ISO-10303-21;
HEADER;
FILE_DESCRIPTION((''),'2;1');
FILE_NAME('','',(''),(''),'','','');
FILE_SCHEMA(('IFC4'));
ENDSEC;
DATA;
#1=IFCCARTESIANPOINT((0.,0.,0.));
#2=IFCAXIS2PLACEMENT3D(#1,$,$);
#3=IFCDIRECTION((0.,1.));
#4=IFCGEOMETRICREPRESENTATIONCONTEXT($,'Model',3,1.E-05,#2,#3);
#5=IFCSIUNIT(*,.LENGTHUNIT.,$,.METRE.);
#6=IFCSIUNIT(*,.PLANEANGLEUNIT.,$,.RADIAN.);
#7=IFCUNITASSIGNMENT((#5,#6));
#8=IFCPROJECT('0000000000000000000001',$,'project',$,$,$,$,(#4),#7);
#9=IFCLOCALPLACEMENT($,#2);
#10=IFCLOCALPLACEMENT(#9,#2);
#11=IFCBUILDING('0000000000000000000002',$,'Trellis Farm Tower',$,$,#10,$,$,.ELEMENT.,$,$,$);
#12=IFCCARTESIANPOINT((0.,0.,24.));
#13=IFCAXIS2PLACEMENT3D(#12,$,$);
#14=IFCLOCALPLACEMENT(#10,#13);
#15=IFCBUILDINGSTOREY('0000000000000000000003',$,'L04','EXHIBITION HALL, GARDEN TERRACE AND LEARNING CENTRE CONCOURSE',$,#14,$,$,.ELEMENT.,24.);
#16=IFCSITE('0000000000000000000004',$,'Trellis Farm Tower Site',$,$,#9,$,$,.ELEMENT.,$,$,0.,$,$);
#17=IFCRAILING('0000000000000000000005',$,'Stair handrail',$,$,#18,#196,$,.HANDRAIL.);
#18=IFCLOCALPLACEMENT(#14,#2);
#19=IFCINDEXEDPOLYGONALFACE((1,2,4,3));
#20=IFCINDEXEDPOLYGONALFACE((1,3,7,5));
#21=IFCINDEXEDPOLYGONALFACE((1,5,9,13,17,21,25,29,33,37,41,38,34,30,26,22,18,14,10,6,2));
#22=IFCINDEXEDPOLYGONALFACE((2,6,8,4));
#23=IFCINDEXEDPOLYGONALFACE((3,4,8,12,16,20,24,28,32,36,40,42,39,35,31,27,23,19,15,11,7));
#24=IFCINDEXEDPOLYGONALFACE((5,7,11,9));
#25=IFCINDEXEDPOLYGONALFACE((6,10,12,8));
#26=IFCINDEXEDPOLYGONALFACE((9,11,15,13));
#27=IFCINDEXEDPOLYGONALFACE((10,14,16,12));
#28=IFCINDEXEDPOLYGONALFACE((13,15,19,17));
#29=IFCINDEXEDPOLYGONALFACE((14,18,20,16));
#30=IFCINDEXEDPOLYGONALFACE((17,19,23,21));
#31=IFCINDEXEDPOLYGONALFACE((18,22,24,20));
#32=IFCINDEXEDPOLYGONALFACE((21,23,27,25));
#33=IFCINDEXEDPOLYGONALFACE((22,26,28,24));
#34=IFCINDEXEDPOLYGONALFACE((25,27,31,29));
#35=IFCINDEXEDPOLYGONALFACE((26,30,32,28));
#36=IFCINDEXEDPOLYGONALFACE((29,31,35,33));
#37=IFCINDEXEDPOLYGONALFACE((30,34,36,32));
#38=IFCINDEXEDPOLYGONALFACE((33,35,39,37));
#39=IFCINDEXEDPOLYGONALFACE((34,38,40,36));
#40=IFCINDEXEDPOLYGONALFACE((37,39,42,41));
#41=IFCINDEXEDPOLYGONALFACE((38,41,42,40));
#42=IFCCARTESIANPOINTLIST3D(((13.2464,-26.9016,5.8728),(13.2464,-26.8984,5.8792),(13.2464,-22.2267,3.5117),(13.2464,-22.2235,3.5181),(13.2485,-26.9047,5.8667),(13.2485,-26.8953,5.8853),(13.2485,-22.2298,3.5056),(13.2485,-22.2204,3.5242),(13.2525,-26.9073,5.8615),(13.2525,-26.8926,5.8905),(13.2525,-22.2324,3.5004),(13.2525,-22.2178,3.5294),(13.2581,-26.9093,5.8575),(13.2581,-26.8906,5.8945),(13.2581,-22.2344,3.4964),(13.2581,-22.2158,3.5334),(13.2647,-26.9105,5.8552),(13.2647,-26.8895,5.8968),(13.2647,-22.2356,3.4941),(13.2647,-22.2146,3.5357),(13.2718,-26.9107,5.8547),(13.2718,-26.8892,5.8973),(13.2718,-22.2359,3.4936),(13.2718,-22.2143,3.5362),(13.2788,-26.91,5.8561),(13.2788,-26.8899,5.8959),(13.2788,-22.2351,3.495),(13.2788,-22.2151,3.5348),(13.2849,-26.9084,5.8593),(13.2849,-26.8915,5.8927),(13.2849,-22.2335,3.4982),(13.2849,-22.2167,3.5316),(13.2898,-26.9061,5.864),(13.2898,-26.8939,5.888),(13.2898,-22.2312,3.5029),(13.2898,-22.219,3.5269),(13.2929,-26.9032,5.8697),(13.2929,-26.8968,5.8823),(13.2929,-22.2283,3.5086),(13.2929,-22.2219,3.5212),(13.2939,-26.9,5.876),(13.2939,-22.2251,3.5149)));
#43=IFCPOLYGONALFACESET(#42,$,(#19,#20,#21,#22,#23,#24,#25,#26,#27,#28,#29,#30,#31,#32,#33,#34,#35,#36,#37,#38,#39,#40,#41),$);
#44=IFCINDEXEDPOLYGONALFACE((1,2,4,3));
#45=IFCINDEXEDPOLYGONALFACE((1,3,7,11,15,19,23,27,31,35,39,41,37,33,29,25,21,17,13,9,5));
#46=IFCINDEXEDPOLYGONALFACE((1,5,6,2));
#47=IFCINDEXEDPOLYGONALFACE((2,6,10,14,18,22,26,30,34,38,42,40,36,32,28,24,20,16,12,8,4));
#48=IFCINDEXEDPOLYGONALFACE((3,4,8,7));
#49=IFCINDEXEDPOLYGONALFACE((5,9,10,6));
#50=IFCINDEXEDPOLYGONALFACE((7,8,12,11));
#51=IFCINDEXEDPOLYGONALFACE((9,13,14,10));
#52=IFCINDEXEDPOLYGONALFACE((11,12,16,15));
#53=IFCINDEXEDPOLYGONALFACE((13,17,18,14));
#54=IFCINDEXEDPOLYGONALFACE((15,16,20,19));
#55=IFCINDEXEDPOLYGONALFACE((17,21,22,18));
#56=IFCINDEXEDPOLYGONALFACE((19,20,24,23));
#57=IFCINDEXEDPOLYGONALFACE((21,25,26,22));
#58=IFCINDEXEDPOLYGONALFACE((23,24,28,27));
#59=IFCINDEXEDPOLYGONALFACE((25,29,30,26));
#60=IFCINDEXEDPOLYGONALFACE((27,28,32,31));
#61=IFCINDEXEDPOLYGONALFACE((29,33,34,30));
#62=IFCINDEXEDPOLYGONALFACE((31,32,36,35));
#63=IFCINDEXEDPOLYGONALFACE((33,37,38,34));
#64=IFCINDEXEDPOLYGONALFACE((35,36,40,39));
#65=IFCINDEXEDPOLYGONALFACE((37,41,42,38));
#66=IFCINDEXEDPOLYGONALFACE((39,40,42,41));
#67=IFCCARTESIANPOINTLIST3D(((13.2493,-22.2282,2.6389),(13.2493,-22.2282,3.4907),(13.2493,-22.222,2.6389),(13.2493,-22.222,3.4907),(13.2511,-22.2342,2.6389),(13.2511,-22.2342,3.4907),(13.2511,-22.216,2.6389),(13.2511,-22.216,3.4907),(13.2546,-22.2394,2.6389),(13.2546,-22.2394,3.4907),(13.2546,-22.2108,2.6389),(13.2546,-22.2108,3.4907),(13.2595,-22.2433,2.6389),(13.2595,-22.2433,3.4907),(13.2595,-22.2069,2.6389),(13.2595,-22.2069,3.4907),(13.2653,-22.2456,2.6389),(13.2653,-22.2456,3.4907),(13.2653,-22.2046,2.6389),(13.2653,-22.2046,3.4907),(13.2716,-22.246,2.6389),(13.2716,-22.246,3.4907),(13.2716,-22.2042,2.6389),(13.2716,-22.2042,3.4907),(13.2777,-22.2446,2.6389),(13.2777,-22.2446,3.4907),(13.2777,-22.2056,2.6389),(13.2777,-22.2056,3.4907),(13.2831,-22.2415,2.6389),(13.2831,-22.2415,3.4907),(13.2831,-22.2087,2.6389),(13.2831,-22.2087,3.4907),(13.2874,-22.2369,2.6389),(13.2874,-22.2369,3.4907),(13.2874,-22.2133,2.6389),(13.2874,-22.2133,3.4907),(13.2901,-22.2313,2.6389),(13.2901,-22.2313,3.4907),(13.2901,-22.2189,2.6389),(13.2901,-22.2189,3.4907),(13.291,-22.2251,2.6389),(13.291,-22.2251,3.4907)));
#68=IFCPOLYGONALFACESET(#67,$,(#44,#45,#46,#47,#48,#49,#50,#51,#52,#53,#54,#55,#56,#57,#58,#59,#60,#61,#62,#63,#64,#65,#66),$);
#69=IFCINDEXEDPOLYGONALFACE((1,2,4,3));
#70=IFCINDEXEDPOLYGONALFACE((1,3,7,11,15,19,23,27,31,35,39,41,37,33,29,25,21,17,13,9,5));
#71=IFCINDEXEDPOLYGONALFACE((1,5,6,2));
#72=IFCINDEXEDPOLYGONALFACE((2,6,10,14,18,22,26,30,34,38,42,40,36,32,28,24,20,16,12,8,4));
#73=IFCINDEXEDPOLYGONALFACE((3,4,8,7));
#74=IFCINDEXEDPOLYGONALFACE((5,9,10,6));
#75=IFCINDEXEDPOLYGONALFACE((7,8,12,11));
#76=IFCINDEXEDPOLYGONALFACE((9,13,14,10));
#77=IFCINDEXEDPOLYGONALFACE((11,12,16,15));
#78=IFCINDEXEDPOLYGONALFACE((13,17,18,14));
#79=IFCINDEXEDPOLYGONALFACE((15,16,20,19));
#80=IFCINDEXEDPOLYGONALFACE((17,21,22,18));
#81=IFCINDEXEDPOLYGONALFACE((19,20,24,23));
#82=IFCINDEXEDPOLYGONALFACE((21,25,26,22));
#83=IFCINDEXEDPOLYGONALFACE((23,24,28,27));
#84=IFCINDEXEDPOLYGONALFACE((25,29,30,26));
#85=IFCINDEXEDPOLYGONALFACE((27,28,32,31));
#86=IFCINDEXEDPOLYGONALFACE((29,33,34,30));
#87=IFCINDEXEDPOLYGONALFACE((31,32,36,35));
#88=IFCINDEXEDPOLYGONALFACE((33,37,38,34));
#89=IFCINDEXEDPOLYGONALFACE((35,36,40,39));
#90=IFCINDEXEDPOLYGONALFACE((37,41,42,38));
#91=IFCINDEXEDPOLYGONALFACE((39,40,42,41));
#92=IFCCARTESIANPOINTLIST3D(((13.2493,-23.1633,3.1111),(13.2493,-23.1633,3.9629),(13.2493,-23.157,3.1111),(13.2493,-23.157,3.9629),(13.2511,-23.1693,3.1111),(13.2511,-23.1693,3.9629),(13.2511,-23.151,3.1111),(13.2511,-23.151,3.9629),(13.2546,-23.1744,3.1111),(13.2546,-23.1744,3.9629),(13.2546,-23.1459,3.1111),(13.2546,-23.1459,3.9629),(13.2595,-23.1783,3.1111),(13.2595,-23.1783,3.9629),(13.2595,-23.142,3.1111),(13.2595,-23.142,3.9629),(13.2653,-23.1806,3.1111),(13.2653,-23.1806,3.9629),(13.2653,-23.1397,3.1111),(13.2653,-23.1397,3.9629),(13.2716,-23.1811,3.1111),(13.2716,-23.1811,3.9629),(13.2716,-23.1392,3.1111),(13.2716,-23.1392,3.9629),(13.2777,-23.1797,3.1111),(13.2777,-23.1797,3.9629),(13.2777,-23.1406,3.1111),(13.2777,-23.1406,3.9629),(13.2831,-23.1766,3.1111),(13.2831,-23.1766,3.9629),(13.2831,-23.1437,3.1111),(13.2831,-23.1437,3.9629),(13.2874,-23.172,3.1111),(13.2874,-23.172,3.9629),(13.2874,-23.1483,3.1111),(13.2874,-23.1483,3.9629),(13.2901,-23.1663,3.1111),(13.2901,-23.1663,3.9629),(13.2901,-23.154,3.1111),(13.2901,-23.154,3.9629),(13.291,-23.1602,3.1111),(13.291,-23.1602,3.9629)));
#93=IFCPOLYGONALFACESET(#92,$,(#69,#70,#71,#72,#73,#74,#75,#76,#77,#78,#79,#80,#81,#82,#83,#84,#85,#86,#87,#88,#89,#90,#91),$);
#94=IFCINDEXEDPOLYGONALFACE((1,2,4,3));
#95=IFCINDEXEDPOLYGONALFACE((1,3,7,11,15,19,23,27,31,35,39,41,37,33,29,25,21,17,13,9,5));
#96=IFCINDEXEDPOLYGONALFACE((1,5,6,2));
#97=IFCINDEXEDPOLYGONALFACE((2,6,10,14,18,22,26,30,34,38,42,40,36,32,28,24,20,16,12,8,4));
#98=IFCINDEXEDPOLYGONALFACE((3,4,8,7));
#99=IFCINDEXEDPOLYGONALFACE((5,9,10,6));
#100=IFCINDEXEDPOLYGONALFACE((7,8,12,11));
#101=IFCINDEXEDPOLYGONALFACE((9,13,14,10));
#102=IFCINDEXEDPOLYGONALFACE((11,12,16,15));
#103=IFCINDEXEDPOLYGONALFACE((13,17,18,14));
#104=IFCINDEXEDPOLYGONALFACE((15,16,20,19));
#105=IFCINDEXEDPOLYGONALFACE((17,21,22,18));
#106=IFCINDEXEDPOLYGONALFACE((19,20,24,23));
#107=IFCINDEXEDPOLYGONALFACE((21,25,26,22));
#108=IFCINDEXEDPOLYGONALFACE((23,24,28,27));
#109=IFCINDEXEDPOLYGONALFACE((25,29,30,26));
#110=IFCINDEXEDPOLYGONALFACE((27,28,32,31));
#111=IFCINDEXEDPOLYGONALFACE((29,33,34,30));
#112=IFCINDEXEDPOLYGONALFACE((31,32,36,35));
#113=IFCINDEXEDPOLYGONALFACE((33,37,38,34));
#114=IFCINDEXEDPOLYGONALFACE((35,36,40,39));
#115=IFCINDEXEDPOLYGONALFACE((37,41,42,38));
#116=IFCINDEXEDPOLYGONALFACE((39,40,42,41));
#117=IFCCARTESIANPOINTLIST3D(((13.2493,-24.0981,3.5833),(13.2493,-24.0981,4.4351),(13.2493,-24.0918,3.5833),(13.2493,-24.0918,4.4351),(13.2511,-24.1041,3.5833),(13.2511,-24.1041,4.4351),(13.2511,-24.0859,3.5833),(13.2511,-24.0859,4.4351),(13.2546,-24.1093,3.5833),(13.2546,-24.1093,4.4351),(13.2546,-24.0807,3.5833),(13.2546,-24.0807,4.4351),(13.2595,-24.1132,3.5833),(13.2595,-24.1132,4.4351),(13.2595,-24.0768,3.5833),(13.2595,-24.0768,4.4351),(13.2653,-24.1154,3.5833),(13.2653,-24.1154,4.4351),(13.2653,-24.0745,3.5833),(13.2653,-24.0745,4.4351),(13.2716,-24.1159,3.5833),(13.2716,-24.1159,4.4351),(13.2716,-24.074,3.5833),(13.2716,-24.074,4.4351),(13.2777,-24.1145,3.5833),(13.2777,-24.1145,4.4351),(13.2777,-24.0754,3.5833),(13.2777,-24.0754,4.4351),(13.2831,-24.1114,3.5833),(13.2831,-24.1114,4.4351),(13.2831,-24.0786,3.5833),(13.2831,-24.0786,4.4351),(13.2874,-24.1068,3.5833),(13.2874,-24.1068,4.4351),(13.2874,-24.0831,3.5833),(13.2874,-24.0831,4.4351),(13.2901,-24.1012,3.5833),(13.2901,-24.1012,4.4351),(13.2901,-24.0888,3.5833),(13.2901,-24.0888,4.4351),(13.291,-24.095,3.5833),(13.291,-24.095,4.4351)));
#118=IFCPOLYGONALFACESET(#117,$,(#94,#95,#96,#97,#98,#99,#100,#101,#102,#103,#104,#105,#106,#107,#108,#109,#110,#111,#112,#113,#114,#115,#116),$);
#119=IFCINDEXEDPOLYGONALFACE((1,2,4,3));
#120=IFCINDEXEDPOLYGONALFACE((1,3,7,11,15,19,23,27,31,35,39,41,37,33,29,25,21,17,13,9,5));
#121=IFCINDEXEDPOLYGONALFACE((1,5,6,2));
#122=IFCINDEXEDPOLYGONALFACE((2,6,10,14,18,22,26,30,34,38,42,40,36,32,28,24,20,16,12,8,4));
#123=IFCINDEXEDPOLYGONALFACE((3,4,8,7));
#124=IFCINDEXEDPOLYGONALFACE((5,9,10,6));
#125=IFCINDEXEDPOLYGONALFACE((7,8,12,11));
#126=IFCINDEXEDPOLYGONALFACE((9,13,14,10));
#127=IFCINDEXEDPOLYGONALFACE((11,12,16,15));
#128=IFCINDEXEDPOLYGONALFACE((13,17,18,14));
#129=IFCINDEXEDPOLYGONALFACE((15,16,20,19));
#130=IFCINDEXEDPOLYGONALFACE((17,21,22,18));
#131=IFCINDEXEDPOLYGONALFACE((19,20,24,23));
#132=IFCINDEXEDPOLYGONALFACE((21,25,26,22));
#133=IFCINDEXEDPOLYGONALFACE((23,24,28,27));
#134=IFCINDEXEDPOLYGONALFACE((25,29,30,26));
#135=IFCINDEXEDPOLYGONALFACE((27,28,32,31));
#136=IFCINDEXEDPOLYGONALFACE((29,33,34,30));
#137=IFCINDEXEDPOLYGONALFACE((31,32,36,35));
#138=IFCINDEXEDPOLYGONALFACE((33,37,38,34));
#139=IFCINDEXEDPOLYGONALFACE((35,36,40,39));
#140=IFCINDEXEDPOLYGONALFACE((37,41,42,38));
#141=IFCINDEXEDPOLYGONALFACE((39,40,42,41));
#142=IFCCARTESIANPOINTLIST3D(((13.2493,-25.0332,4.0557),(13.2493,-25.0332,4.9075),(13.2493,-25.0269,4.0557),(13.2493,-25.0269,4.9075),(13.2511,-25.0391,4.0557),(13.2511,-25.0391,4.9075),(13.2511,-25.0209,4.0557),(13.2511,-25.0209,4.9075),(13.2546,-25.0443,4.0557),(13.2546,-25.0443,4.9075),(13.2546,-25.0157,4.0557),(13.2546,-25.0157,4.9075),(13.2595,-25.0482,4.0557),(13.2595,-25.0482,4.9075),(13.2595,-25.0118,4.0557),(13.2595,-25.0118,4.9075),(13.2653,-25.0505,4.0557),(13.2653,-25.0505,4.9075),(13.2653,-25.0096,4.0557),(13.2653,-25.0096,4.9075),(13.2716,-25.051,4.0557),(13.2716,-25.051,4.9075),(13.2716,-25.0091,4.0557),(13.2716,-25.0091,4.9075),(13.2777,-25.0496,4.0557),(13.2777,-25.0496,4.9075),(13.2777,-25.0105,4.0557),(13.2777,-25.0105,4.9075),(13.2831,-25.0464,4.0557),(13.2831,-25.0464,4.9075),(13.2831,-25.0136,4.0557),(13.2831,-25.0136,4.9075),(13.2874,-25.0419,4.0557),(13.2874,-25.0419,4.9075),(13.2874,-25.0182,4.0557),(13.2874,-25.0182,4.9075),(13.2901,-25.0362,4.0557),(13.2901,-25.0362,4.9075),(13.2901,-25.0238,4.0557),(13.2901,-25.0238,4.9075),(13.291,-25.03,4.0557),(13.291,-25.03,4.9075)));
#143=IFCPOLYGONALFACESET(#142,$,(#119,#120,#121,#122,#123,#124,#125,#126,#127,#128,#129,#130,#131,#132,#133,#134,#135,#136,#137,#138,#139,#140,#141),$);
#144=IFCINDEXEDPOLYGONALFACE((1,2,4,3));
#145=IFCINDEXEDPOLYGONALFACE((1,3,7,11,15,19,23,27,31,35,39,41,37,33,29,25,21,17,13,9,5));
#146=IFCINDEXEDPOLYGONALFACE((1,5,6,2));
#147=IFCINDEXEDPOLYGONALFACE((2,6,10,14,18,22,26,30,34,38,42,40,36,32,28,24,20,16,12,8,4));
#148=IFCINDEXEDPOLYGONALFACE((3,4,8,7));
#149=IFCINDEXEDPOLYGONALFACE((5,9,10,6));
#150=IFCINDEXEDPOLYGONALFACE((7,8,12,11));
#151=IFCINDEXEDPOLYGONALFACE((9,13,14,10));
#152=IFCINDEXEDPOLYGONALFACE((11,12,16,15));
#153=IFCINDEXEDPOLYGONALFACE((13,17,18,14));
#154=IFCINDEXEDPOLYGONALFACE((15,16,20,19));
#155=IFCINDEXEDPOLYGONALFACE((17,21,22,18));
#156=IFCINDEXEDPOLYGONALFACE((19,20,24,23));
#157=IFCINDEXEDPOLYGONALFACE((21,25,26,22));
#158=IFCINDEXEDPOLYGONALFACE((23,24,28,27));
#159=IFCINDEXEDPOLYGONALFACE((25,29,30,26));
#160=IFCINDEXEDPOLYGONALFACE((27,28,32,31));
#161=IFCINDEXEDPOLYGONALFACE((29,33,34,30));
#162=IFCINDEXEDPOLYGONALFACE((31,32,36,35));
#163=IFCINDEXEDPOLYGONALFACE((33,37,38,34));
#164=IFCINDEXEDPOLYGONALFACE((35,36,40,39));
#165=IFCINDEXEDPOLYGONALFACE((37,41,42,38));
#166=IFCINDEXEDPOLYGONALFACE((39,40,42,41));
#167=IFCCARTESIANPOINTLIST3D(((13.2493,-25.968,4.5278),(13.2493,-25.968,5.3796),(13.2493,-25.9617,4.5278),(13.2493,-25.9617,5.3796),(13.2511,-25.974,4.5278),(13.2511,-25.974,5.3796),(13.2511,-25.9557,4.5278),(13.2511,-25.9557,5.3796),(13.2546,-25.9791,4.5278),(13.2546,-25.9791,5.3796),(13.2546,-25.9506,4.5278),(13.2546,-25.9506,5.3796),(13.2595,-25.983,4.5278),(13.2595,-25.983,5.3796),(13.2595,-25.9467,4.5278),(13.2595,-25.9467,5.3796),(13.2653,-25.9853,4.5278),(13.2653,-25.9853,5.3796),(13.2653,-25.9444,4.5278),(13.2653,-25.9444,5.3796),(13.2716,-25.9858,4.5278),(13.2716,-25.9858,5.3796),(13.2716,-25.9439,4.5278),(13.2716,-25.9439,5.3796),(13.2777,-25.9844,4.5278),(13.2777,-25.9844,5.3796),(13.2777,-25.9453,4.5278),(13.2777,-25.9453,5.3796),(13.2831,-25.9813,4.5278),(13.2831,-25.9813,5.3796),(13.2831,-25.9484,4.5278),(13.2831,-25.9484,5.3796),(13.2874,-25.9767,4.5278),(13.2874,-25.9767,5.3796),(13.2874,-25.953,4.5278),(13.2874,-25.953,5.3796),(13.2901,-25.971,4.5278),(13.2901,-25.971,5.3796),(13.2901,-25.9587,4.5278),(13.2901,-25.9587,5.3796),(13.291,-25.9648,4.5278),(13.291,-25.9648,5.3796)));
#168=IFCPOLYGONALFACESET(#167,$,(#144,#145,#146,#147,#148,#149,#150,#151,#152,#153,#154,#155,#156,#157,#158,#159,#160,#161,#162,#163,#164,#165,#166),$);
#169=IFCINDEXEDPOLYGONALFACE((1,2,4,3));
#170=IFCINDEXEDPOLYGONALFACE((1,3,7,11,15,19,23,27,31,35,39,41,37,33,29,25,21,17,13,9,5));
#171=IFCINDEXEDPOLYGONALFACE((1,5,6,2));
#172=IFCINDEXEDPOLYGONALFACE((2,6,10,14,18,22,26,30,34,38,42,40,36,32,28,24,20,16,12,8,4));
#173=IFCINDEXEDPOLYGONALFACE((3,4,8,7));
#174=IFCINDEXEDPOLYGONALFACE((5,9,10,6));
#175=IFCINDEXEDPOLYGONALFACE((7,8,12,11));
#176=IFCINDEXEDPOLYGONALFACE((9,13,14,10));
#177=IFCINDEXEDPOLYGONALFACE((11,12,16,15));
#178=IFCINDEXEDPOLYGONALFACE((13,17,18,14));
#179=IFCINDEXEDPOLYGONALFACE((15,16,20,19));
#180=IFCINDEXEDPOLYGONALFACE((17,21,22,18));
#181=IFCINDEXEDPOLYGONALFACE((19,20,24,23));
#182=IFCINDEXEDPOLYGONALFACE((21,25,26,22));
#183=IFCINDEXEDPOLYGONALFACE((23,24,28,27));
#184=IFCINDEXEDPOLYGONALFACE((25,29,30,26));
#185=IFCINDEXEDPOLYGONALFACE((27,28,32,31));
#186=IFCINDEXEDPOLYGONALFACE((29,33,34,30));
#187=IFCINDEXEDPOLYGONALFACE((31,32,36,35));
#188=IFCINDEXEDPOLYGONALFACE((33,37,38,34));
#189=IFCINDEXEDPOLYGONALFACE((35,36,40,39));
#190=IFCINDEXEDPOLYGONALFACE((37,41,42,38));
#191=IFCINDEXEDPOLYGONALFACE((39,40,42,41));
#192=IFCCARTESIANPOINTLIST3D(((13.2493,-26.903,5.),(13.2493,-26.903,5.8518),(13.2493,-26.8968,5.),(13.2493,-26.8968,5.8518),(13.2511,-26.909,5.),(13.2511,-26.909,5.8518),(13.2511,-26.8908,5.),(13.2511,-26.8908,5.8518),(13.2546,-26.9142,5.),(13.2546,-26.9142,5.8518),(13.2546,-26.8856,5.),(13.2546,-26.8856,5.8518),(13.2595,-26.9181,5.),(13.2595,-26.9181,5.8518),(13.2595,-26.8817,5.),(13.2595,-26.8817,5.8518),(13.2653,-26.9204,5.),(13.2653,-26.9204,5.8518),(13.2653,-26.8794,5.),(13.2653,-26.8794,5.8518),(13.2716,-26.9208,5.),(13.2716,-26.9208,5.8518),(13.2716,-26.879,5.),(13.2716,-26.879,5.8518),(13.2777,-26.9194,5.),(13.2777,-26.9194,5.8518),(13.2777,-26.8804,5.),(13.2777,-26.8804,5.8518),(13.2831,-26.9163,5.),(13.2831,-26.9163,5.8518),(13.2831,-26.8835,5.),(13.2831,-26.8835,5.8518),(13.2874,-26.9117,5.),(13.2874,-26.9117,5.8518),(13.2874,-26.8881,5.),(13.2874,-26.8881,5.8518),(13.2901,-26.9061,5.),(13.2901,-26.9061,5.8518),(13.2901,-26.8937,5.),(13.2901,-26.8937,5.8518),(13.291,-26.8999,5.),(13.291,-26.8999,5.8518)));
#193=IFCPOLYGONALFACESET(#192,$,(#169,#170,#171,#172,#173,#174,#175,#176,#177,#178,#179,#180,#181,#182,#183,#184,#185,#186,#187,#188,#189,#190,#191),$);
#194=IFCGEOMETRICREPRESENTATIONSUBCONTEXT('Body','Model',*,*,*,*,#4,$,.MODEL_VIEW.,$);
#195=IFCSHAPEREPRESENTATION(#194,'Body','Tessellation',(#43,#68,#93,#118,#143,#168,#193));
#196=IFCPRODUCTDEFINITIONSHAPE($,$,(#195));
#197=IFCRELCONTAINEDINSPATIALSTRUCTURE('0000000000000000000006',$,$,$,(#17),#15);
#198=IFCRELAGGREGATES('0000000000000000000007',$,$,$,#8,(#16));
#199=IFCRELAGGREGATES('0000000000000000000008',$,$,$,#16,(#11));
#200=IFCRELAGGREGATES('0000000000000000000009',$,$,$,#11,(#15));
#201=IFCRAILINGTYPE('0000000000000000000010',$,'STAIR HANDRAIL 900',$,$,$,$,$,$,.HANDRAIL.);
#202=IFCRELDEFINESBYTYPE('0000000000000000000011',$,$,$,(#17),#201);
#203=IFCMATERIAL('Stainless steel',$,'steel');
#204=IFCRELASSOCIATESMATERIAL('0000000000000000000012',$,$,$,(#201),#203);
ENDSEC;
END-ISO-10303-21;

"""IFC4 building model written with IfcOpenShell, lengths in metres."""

from ifc_helpers import new_model, si_unit, direction, frame, origin, origin_2d, place, context, subcontext, project, spatial, circle, extrude, source, transform, mapped, material, type_object, element, save


model = new_model("IFC4")

# Units and contexts
model_context = context("Model", 3, precision=1e-05, world=origin(), true_north=direction((0.0, 1.0)))
body_context = subcontext(model_context, "Body", "Model", "MODEL_VIEW")
ifc_project = project(units=[si_unit("LENGTHUNIT", "METRE"), si_unit("PLANEANGLEUNIT", "RADIAN")], contexts=[model_context])

# Site, building, storey
site_placement = place(None, origin())
site = spatial("IfcSite", under=ifc_project, at=site_placement, Name="Trellis Farm Tower Site", CompositionType="ELEMENT", RefElevation=0.0)
building_placement = place(site_placement, origin())
building = spatial("IfcBuilding", under=site, at=building_placement, Name="Trellis Farm Tower", CompositionType="ELEMENT")
storey_placement = place(building_placement, frame((0.0, 0.0, 24.0)))
storey = spatial("IfcBuildingStorey", under=building, at=storey_placement, Name="L04", Description="EXHIBITION HALL, GARDEN TERRACE AND LEARNING CENTRE CONCOURSE", CompositionType="ELEMENT", Elevation=24.0)

# Railing
ifc_material_1 = material(Name="Stainless steel", Category="steel")
railing_type = type_object("IfcRailingType", Name="STAIR HANDRAIL 900", PredefinedType="HANDRAIL", material=ifc_material_1)
shared_shape_1 = source(origin(), body_context, "Body", "SweptSolid", [
    extrude(circle(Radius=0.0239, at=origin_2d()), frame((0.0, 0.0, 0.876), z_axis=(0.0, -0.892611, 0.450827), x_axis=(1.0, 0.0, 0.0)), (0.0, 0.0, 1.0), 5.2373),
    extrude(circle(Radius=0.021, at=origin_2d()), origin(), (0.0, 0.0, 1.0), 0.8518),
    extrude(circle(Radius=0.021, at=origin_2d()), frame((0.0, -0.9351, 0.4722)), (0.0, 0.0, 1.0), 0.8518),
    extrude(circle(Radius=0.021, at=origin_2d()), frame((0.0, -1.8699, 0.9443)), (0.0, 0.0, 1.0), 0.8518),
    extrude(circle(Radius=0.021, at=origin_2d()), frame((0.0, -2.8049, 1.4167)), (0.0, 0.0, 1.0), 0.8518),
    extrude(circle(Radius=0.021, at=origin_2d()), frame((0.0, -3.7397, 1.8889)), (0.0, 0.0, 1.0), 0.8518),
    extrude(circle(Radius=0.021, at=origin_2d()), frame((0.0, -4.6748, 2.3611)), (0.0, 0.0, 1.0), 0.8518),
])
for number, where, name in (
    (1, (13.27, -22.2251, 2.6389), "Stair handrail"),
):
    element("IfcRailing", number, at=place(storey_placement, frame(where)), inside=storey, type_object=railing_type, Name=name, PredefinedType="HANDRAIL", context=body_context, shape_type="MappedRepresentation", body=[
        mapped(shared_shape_1, transform((0.0, 0.0, 0.0))),
    ])

save(model, "model.ifc")
